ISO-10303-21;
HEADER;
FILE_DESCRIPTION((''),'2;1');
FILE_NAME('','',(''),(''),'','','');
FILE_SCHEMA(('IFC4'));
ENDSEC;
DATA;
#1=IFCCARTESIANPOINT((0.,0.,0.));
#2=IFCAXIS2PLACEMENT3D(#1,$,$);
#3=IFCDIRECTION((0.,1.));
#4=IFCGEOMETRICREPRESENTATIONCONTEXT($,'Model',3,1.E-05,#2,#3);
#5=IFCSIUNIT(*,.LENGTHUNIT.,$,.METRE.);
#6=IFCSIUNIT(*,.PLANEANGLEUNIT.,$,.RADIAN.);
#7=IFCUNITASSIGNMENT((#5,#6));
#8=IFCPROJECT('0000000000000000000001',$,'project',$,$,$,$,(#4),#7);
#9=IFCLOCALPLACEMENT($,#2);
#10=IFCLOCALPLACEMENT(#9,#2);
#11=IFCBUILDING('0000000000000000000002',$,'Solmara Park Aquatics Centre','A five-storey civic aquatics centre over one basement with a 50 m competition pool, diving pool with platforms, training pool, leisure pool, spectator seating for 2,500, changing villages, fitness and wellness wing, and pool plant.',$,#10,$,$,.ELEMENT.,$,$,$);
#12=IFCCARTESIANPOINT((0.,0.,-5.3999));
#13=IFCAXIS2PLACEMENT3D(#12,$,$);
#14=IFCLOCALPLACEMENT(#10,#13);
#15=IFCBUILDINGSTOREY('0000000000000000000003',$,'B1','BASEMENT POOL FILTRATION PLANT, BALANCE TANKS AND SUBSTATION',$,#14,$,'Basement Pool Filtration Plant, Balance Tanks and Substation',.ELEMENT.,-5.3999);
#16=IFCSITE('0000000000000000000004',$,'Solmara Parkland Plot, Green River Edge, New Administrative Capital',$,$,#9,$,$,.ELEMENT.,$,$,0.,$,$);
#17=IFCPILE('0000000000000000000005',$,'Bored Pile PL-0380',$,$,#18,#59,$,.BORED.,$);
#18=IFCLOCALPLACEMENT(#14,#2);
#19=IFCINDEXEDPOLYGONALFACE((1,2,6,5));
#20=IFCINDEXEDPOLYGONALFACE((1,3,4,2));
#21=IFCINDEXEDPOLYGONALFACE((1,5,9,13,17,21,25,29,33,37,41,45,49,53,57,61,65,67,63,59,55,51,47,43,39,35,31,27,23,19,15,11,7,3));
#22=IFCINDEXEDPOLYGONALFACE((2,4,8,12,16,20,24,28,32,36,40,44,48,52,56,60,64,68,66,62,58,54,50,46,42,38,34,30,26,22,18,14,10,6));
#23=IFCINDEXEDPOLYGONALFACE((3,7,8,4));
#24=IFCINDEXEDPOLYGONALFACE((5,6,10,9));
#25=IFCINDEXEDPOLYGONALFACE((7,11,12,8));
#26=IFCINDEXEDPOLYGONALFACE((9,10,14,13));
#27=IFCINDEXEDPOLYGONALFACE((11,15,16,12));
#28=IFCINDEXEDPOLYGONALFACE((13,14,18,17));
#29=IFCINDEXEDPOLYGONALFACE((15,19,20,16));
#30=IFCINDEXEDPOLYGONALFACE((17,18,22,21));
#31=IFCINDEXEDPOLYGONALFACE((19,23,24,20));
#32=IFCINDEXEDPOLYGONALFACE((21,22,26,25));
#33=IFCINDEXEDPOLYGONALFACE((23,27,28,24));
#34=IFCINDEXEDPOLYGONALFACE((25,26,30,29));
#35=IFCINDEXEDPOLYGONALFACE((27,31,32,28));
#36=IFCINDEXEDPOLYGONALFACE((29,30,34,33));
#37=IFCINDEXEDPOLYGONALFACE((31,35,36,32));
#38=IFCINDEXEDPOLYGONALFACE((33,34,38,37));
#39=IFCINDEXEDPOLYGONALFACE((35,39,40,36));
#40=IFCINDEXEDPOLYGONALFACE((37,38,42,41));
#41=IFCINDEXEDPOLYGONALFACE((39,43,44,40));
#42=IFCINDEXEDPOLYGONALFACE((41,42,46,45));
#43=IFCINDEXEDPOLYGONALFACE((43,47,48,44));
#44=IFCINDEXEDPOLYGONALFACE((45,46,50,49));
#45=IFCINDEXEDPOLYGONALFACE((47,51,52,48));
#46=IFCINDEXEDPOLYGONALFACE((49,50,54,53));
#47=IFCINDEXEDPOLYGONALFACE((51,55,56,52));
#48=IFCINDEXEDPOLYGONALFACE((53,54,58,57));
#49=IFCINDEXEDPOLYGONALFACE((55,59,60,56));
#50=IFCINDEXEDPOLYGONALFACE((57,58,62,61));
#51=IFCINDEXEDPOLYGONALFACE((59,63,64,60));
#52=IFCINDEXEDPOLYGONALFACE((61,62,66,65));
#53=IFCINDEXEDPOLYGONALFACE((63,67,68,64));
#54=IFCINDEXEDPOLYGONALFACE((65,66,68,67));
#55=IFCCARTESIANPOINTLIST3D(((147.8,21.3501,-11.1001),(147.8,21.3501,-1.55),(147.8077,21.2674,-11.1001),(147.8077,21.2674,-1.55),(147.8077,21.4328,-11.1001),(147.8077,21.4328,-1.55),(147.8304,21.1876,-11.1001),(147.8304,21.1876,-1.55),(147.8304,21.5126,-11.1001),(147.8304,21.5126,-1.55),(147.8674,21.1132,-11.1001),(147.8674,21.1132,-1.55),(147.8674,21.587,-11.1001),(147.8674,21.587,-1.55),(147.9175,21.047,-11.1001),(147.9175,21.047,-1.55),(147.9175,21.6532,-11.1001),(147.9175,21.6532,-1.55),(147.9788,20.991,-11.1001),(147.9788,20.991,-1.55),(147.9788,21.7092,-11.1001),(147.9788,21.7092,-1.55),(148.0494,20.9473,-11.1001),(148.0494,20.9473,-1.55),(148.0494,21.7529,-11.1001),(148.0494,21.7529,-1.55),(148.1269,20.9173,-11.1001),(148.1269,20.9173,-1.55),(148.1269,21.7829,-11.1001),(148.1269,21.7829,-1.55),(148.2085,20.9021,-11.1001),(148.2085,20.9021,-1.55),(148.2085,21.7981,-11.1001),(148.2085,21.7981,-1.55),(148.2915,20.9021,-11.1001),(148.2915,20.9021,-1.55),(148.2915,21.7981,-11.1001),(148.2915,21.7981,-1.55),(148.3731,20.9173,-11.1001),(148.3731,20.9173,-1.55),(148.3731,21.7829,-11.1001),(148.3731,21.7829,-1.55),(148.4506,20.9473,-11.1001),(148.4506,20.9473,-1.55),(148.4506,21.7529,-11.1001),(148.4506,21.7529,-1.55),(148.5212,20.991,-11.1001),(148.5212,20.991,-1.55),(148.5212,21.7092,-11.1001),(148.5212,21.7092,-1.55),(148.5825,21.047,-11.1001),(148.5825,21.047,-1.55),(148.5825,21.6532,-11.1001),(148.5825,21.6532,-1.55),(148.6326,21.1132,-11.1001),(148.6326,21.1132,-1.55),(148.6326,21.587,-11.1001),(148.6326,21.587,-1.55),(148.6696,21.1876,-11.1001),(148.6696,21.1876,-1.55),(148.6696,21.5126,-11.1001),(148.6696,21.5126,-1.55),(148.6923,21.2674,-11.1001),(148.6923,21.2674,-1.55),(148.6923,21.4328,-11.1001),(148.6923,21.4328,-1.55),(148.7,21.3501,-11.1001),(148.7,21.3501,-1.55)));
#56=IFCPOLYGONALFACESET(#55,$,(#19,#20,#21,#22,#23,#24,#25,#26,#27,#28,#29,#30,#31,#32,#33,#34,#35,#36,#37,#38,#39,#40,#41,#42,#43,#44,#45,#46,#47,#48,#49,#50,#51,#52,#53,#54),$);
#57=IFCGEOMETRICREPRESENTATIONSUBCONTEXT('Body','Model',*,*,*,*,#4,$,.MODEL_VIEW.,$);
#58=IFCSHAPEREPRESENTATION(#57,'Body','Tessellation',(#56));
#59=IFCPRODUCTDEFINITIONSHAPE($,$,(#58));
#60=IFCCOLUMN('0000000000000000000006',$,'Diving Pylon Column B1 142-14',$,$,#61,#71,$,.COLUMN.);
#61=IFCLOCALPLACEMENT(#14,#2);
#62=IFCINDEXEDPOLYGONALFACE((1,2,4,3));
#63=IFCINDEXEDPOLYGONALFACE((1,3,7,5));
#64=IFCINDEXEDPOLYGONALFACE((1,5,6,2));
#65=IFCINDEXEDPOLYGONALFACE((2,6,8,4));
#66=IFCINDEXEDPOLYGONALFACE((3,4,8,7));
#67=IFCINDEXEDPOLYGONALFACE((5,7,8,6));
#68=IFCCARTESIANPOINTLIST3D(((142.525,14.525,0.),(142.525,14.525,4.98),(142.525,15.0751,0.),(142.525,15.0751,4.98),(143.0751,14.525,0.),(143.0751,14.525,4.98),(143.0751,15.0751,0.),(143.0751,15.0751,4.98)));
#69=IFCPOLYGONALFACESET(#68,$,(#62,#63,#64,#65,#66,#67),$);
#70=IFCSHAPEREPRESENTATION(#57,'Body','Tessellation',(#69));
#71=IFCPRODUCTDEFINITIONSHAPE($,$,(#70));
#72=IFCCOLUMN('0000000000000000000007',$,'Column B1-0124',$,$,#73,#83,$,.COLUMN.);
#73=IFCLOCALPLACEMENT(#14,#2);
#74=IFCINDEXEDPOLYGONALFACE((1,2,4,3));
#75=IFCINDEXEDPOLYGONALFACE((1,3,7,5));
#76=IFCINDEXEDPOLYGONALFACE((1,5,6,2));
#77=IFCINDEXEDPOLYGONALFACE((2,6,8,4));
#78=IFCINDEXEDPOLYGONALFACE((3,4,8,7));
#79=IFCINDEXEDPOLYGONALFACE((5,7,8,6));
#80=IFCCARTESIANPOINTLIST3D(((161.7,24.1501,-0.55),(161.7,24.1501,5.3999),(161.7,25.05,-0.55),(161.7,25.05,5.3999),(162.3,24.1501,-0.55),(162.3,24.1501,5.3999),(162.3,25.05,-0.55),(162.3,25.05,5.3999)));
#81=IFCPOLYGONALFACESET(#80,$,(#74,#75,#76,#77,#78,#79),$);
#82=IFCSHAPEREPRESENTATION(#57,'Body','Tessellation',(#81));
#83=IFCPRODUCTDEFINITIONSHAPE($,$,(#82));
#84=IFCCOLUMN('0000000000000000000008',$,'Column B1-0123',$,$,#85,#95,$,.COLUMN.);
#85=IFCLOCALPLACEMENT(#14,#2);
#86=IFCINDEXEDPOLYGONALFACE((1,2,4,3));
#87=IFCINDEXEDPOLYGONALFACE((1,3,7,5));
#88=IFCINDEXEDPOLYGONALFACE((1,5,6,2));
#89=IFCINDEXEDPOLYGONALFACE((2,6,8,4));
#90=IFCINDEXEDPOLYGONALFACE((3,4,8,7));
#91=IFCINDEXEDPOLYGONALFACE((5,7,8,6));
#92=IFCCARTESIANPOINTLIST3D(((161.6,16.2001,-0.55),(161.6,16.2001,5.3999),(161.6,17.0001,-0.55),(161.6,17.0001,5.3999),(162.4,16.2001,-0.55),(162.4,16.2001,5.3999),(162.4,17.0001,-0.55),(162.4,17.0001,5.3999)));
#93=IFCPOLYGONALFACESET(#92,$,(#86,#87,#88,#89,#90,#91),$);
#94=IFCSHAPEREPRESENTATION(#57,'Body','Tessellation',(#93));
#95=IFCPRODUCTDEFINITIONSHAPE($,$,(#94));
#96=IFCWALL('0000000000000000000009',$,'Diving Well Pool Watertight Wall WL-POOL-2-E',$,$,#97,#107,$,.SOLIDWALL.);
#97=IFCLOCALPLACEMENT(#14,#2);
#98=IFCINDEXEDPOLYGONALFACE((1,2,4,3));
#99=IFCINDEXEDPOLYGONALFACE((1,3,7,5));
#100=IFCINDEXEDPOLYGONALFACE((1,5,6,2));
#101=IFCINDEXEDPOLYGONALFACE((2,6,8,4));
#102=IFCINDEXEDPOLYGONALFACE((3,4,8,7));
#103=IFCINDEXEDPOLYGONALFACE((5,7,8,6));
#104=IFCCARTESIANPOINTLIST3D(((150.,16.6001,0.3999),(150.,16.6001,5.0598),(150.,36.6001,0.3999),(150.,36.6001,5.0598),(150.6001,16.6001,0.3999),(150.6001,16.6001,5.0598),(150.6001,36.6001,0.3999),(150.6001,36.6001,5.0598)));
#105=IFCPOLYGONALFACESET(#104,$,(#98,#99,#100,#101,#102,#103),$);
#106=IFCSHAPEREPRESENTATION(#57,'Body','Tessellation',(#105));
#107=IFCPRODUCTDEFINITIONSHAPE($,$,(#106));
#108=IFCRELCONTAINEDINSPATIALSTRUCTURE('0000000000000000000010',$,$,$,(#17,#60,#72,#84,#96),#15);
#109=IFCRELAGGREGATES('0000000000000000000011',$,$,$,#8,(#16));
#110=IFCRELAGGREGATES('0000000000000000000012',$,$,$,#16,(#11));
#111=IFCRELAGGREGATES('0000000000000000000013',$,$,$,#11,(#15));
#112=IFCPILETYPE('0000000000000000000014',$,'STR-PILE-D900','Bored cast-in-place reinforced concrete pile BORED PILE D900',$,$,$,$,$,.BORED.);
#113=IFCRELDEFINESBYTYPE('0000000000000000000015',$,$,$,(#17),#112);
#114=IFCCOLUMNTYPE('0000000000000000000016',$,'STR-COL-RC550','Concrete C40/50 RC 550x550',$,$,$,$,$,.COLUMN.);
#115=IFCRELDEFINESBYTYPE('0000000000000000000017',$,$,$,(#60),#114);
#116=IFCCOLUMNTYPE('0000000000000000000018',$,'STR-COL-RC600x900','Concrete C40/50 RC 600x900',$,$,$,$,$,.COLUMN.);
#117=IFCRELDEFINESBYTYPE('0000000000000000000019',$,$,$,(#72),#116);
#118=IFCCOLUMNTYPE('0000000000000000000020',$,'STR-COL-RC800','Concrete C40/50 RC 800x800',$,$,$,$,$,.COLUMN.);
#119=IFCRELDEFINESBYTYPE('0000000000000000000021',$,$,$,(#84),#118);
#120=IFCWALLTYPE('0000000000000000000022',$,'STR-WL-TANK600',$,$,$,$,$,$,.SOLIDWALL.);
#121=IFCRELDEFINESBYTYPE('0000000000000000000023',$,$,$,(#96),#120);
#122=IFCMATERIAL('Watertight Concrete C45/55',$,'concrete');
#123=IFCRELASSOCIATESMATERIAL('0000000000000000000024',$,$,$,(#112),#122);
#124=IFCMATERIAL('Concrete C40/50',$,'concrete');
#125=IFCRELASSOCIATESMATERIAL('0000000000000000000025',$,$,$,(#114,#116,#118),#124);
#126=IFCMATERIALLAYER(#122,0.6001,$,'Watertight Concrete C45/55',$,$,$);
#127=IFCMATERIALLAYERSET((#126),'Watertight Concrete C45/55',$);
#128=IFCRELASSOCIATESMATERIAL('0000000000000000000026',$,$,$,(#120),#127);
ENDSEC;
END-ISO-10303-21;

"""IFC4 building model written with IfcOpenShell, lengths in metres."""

from ifc_helpers import new_model, si_unit, direction, frame, frame_2d, origin, origin_2d, place, context, subcontext, project, spatial, rectangle, circle, extrude, material, layer, layer_set, material_profile, profile_set, type_object, element, save


model = new_model("IFC4")

# Units and contexts
model_context = context("Model", 3, precision=1e-05, world=origin(), true_north=direction((0.0, 1.0)))
body_context = subcontext(model_context, "Body", "Model", "MODEL_VIEW")
ifc_project = project(units=[si_unit("LENGTHUNIT", "METRE"), si_unit("PLANEANGLEUNIT", "RADIAN")], contexts=[model_context])

# Site, building, storey
site_placement = place(None, origin())
site = spatial("IfcSite", under=ifc_project, at=site_placement, Name="Solmara Parkland Plot, Green River Edge, New Administrative Capital", CompositionType="ELEMENT", RefElevation=0.0)
building_placement = place(site_placement, origin())
building = spatial("IfcBuilding", under=site, at=building_placement, Name="Solmara Park Aquatics Centre", Description="A five-storey civic aquatics centre over one basement with a 50 m competition pool, diving pool with platforms, training pool, leisure pool, spectator seating for 2,500, changing villages, fitness and wellness wing, and pool plant.", CompositionType="ELEMENT")
storey_placement = place(building_placement, frame((0.0, 0.0, -5.3999)))
storey = spatial("IfcBuildingStorey", under=building, at=storey_placement, Name="B1", Description="BASEMENT POOL FILTRATION PLANT, BALANCE TANKS AND SUBSTATION", LongName="Basement Pool Filtration Plant, Balance Tanks and Substation", CompositionType="ELEMENT", Elevation=-5.3999)

# Shared definitions
ifc_material_1 = material(Name="Watertight Concrete C45/55", Category="concrete")

# Pile
ifc_material_profile_1 = material_profile(ifc_material_1, circle(Radius=0.45, at=origin_2d()), Name="BORED PILE D900")
ifc_profile_set_1 = profile_set([ifc_material_profile_1], Name="Watertight Concrete C45/55")
pile_type_1 = type_object("IfcPileType", Name="STR-PILE-D900", Description="Bored cast-in-place reinforced concrete pile BORED PILE D900", PredefinedType="BORED", material=ifc_profile_set_1)
for number, where, z_axis, x_axis, name in (
    (1, (148.25, 21.3501, -1.55), (0.0, 0.0, -1.0), (1.0, 0.0, 0.0), "Bored Pile PL-0380"),
):
    element("IfcPile", number, at=place(storey_placement, frame(where, z_axis=z_axis, x_axis=x_axis)), inside=storey, type_object=pile_type_1, Name=name, PredefinedType="BORED", context=body_context, shape_type="SweptSolid", body=[
        extrude(circle(Radius=0.45, at=origin_2d()), origin(), (0.0, 0.0, 1.0), 9.55),
    ])

# Columns
ifc_material_2 = material(Name="Concrete C40/50", Category="concrete")
ifc_material_profile_2 = material_profile(ifc_material_2, rectangle(XDim=0.55, YDim=0.55, at=origin_2d()), Name="RC 550x550")
ifc_profile_set_2 = profile_set([ifc_material_profile_2], Name="Concrete C40/50")
column_type_1 = type_object("IfcColumnType", Name="STR-COL-RC550", Description="Concrete C40/50 RC 550x550", PredefinedType="COLUMN", material=ifc_profile_set_2)
column_1_placement = place(storey_placement, frame((142.8, 14.8, 0.0), z_axis=(0.0, 0.0, 1.0), x_axis=(1.0, 0.0, 0.0)))
element("IfcColumn", 2, at=column_1_placement, inside=storey, type_object=column_type_1, Name="Diving Pylon Column B1 142-14", PredefinedType="COLUMN", context=body_context, shape_type="SweptSolid", body=[
    extrude(rectangle(XDim=0.55, YDim=0.55, at=origin_2d()), origin(), (0.0, 0.0, 1.0), 4.98),
])
ifc_material_profile_3 = material_profile(ifc_material_2, rectangle(XDim=0.6001, YDim=0.8999, at=origin_2d()), Name="RC 600x900")
ifc_profile_set_3 = profile_set([ifc_material_profile_3], Name="Concrete C40/50")
column_type_2 = type_object("IfcColumnType", Name="STR-COL-RC600x900", Description="Concrete C40/50 RC 600x900", PredefinedType="COLUMN", material=ifc_profile_set_3)
column_2_placement = place(storey_placement, frame((162.0, 24.6001, -0.55), z_axis=(0.0, 0.0, 1.0), x_axis=(1.0, 0.0, 0.0)))
element("IfcColumn", 3, at=column_2_placement, inside=storey, type_object=column_type_2, Name="Column B1-0124", PredefinedType="COLUMN", context=body_context, shape_type="SweptSolid", body=[
    extrude(rectangle(XDim=0.6001, YDim=0.8999, at=origin_2d()), origin(), (0.0, 0.0, 1.0), 5.95),
])
ifc_material_profile_4 = material_profile(ifc_material_2, rectangle(XDim=0.8, YDim=0.8, at=origin_2d()), Name="RC 800x800")
ifc_profile_set_4 = profile_set([ifc_material_profile_4], Name="Concrete C40/50")
column_type_3 = type_object("IfcColumnType", Name="STR-COL-RC800", Description="Concrete C40/50 RC 800x800", PredefinedType="COLUMN", material=ifc_profile_set_4)
column_3_placement = place(storey_placement, frame((162.0, 16.6001, -0.55), z_axis=(0.0, 0.0, 1.0), x_axis=(1.0, 0.0, 0.0)))
element("IfcColumn", 4, at=column_3_placement, inside=storey, type_object=column_type_3, Name="Column B1-0123", PredefinedType="COLUMN", context=body_context, shape_type="SweptSolid", body=[
    extrude(rectangle(XDim=0.8, YDim=0.8, at=origin_2d()), origin(), (0.0, 0.0, 1.0), 5.95),
])

# Wall
ifc_layer = layer(ifc_material_1, 0.6001, Name="Watertight Concrete C45/55")
ifc_layer_set = layer_set([ifc_layer], Name="Watertight Concrete C45/55")
wall_type = type_object("IfcWallType", Name="STR-WL-TANK600", PredefinedType="SOLIDWALL", material=ifc_layer_set)
wall_placement = place(storey_placement, frame((150.3, 16.6001, 0.3999), z_axis=(0.0, 0.0, 1.0), x_axis=(0.0, 1.0, 0.0)))
element("IfcWall", 5, at=wall_placement, inside=storey, type_object=wall_type, Name="Diving Well Pool Watertight Wall WL-POOL-2-E", PredefinedType="SOLIDWALL", context=body_context, shape_type="SweptSolid", body=[
    extrude(rectangle(XDim=20.0, YDim=0.6001, at=frame_2d((10.0, 0.0))), origin(), (0.0, 0.0, 1.0), 4.6599),
])

save(model, "model.ifc")
